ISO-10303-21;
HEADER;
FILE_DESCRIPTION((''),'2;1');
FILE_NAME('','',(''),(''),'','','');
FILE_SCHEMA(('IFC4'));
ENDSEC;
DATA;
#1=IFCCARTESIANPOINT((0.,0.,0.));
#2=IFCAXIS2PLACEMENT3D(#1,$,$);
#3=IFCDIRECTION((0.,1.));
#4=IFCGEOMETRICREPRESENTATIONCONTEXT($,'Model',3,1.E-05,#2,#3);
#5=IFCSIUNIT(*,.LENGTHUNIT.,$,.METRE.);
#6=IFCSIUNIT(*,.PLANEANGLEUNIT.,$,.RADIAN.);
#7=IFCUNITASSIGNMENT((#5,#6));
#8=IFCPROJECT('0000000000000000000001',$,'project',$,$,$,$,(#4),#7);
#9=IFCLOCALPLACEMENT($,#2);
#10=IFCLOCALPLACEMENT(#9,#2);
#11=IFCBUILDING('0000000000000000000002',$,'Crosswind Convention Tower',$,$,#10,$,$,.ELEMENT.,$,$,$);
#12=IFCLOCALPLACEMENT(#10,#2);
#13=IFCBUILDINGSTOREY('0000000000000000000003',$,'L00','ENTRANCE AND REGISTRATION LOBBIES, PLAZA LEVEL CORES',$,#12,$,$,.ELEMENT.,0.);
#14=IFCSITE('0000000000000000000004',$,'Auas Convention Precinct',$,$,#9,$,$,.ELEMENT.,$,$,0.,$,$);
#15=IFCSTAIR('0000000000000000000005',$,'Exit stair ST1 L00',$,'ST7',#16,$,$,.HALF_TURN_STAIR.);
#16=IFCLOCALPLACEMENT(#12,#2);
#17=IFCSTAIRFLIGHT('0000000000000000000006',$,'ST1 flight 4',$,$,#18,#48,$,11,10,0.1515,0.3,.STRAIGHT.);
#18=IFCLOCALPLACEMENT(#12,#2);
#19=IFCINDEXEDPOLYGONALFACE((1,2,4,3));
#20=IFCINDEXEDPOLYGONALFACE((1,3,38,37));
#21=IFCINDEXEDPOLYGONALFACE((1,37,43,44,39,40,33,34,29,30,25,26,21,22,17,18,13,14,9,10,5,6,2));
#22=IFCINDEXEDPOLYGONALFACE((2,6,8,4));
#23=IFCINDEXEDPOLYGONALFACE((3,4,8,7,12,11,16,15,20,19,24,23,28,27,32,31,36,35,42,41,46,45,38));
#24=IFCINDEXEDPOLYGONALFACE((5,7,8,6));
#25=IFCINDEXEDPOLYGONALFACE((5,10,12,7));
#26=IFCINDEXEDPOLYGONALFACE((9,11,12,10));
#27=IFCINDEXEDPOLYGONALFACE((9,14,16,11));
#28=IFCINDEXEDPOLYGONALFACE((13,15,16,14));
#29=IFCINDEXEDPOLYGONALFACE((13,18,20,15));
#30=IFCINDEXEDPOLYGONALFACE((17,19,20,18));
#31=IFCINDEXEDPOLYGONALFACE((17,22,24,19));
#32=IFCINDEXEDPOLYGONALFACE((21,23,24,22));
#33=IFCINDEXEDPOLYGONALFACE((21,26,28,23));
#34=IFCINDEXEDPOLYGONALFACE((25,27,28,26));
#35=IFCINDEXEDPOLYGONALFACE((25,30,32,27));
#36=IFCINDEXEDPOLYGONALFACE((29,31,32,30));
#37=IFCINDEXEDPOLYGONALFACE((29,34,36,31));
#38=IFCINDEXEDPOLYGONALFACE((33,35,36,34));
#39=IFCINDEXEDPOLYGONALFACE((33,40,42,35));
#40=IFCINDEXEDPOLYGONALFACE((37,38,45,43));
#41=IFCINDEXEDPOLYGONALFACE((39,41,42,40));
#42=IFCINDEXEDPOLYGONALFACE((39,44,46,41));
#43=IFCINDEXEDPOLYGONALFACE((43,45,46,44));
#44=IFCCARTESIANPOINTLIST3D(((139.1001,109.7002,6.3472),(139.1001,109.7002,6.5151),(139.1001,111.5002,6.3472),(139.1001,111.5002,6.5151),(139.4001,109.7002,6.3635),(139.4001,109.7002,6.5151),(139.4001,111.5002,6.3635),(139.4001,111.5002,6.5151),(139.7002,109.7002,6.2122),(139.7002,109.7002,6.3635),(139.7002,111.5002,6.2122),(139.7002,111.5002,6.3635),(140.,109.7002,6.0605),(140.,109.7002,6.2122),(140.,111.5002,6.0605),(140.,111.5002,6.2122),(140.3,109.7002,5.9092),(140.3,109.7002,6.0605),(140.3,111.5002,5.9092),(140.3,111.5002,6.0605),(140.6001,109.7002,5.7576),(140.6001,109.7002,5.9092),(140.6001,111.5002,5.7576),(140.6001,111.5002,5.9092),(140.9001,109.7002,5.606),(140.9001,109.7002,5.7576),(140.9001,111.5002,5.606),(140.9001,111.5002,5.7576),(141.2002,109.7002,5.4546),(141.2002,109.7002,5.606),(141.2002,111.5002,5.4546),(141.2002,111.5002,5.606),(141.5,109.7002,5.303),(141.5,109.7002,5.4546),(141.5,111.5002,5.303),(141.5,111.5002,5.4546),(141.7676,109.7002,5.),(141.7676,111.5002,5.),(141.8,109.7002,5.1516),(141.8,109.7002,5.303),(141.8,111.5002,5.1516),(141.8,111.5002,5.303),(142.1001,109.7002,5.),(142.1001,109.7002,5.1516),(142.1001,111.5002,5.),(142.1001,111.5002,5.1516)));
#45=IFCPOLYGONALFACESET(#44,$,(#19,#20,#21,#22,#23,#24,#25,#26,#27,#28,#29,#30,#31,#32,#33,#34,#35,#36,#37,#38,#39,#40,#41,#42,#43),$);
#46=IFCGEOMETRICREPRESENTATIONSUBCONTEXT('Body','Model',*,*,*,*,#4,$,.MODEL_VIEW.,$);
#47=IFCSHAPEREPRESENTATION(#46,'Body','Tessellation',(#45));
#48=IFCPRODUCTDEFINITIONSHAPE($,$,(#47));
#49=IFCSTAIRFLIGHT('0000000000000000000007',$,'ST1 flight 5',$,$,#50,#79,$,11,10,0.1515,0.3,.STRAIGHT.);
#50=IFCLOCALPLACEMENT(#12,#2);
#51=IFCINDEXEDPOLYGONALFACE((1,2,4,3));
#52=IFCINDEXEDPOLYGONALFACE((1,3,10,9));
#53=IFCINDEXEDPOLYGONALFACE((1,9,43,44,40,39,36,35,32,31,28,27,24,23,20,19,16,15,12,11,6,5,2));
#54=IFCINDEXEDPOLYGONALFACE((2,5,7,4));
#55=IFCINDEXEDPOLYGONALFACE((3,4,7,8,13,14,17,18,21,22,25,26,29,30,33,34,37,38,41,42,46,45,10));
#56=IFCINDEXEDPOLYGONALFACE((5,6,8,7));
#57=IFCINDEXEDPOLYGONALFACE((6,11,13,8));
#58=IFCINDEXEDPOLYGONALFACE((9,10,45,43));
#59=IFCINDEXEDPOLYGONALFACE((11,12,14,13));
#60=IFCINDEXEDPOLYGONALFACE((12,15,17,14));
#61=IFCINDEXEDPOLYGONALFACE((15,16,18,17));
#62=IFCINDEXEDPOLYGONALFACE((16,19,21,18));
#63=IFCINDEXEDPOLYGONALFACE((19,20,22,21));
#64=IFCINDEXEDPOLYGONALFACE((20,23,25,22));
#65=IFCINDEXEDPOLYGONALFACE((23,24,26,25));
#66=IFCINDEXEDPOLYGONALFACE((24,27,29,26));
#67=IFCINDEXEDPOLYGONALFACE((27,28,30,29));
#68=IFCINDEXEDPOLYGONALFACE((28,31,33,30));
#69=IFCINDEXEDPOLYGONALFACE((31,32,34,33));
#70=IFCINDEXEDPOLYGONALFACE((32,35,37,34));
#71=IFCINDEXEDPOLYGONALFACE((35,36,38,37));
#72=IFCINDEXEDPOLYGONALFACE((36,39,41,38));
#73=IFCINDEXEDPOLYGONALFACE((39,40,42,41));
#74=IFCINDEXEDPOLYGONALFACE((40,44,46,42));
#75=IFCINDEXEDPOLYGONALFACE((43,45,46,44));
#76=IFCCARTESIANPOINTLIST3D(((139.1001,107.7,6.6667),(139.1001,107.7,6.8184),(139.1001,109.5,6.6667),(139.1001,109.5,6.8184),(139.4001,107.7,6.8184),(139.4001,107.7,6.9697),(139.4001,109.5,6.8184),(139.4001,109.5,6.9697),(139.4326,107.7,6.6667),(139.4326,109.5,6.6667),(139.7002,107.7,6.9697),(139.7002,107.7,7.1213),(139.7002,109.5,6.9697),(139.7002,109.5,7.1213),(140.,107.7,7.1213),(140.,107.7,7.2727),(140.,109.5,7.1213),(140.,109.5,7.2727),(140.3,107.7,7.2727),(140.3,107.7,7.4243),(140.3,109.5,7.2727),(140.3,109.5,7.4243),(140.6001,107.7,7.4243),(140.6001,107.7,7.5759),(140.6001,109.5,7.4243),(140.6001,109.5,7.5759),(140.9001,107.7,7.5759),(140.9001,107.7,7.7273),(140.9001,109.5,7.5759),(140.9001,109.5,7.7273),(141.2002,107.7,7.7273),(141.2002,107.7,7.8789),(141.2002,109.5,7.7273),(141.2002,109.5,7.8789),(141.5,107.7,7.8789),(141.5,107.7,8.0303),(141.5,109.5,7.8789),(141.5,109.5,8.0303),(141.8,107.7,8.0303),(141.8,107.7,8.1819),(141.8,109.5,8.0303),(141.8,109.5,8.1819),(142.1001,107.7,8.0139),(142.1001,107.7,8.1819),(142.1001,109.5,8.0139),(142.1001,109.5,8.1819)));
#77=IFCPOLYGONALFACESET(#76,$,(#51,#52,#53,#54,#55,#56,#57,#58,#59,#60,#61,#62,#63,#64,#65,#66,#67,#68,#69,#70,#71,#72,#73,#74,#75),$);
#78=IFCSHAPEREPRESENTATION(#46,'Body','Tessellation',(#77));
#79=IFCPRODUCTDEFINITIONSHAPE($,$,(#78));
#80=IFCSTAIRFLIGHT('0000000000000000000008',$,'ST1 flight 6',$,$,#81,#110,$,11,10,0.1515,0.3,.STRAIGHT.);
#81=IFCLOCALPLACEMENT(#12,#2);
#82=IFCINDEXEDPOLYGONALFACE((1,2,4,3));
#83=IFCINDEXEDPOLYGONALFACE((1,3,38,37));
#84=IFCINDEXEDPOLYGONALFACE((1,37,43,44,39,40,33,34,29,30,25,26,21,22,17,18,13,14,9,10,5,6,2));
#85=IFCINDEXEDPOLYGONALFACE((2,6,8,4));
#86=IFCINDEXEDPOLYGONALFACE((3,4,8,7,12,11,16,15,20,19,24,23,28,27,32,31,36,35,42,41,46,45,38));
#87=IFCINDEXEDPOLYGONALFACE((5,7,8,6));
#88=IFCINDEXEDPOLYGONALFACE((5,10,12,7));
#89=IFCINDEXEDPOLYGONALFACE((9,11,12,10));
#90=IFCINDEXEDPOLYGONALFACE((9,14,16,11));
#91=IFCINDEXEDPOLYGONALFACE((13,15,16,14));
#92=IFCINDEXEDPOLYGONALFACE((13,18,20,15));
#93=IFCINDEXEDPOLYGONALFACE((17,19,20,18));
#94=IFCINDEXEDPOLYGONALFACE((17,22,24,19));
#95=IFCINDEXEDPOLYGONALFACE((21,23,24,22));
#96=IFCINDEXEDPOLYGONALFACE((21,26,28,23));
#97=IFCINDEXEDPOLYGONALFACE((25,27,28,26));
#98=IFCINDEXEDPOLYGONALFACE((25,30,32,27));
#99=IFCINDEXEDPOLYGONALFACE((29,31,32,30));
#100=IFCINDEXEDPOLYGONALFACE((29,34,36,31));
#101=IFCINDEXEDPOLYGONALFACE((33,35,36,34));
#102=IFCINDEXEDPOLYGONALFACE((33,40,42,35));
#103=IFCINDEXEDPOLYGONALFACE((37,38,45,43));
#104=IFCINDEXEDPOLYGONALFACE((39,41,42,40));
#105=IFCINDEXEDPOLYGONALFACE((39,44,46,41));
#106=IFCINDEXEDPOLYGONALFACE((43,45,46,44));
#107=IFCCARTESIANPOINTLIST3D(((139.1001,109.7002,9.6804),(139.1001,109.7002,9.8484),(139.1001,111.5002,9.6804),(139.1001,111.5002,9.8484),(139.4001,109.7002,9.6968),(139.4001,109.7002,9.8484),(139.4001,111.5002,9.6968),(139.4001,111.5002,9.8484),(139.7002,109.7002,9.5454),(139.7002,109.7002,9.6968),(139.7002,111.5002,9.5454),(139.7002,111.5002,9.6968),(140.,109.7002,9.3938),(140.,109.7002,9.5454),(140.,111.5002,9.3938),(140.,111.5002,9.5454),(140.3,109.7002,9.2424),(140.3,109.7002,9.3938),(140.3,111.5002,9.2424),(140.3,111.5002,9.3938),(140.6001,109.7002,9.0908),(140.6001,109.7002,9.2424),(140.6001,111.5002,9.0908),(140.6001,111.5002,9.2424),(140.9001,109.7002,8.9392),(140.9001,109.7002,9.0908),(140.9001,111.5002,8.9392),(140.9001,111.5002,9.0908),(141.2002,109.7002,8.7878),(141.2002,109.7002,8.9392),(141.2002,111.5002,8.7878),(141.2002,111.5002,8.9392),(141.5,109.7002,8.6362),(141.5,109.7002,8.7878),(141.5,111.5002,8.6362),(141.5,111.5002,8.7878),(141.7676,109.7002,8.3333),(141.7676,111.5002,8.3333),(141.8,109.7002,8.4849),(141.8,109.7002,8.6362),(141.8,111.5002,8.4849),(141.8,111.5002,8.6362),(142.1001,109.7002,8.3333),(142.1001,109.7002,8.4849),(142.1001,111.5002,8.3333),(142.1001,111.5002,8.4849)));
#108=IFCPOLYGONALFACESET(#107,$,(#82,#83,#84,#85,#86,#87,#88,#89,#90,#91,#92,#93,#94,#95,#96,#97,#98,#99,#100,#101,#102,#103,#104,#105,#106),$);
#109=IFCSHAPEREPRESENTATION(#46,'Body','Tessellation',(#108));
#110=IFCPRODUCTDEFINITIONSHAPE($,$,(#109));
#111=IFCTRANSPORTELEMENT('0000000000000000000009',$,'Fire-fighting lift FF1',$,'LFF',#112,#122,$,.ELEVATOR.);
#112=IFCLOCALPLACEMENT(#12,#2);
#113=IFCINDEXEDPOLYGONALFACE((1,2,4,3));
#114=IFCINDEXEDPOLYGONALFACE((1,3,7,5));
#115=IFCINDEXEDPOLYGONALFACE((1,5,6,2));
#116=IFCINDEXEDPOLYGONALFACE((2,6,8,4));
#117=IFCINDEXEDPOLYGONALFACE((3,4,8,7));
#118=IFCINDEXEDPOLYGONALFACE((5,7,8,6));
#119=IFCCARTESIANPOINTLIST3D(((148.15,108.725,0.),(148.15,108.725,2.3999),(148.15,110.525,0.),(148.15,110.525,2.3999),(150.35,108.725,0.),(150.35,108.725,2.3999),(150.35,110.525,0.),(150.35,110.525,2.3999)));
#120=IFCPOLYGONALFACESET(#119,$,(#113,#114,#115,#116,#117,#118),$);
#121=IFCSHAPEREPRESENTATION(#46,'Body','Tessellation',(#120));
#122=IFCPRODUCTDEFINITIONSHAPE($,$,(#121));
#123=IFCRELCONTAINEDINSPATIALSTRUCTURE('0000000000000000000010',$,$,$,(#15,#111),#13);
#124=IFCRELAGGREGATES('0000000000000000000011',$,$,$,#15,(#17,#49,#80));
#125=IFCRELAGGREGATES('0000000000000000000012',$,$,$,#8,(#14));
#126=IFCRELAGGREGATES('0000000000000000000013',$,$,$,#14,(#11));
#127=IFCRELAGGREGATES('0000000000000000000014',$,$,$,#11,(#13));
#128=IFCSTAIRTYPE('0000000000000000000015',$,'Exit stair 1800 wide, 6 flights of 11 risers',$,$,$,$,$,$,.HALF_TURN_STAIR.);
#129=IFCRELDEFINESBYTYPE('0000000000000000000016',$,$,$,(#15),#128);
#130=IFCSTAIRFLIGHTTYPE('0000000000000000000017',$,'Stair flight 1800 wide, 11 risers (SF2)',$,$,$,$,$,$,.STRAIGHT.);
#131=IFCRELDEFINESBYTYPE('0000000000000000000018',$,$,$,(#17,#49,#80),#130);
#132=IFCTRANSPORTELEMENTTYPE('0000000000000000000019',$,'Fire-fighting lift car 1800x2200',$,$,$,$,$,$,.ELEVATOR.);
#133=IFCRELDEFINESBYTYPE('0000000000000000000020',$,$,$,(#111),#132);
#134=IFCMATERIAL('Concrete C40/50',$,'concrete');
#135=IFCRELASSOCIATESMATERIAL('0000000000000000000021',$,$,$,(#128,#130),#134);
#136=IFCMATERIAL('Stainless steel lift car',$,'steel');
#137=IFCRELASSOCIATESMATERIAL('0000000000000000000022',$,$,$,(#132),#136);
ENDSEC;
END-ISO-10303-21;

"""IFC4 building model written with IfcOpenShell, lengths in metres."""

from ifc_helpers import new_model, si_unit, direction, frame, origin, origin_2d, place, context, subcontext, project, spatial, polyline, rectangle, outline, extrude, material, type_object, element, aggregate, save


model = new_model("IFC4")

# Units and contexts
model_context = context("Model", 3, precision=1e-05, world=origin(), true_north=direction((0.0, 1.0)))
body_context = subcontext(model_context, "Body", "Model", "MODEL_VIEW")
ifc_project = project(units=[si_unit("LENGTHUNIT", "METRE"), si_unit("PLANEANGLEUNIT", "RADIAN")], contexts=[model_context])

# Site, building, storey
site_placement = place(None, origin())
site = spatial("IfcSite", under=ifc_project, at=site_placement, Name="Auas Convention Precinct", CompositionType="ELEMENT", RefElevation=0.0)
building_placement = place(site_placement, origin())
building = spatial("IfcBuilding", under=site, at=building_placement, Name="Crosswind Convention Tower", CompositionType="ELEMENT")
storey_placement = place(building_placement, origin())
storey = spatial("IfcBuildingStorey", under=building, at=storey_placement, Name="L00", Description="ENTRANCE AND REGISTRATION LOBBIES, PLAZA LEVEL CORES", CompositionType="ELEMENT", Elevation=0.0)

# Shared definitions
ifc_material_1 = material(Name="Concrete C40/50", Category="concrete")

# Stair, stair flights
stair_type_1 = type_object("IfcStairType", Name="Exit stair 1800 wide, 6 flights of 11 risers", PredefinedType="HALF_TURN_STAIR", material=ifc_material_1)
stair_1_placement = place(storey_placement, origin())
stair_1 = element("IfcStair", 1, at=stair_1_placement, inside=storey, type_object=stair_type_1, Name="Exit stair ST1 L00", ObjectType="ST7", PredefinedType="HALF_TURN_STAIR")
stair_flight_type_1 = type_object("IfcStairFlightType", Name="Stair flight 1800 wide, 11 risers (SF2)", PredefinedType="STRAIGHT", material=ifc_material_1)
stair_flight_1_placement = place(storey_placement, frame((142.1001, 110.6001, 5.0), z_axis=(0.0, 0.0, 1.0), x_axis=(-1.0, 0.0, 0.0)))
stair_flight_1 = element("IfcStairFlight", 2, at=stair_flight_1_placement, type_object=stair_flight_type_1, Name="ST1 flight 4", NumberOfRisers=11, NumberOfTreads=10, PredefinedType="STRAIGHT", RiserHeight=0.1515, TreadLength=0.3, context=body_context, shape_type="SweptSolid", body=[
    extrude(outline(polyline([(0.0, 0.0), (0.0, 0.1516), (0.3, 0.1516), (0.3, 0.303), (0.6001, 0.303), (0.6001, 0.4546), (0.8999, 0.4546), (0.8999, 0.606), (1.2, 0.606), (1.2, 0.7576), (1.5, 0.7576), (1.5, 0.9092), (1.8, 0.9092), (1.8, 1.0605), (2.1001, 1.0605), (2.1001, 1.2122), (2.3999, 1.2122), (2.3999, 1.3635), (2.7, 1.3635), (2.7, 1.5151), (3.0, 1.5151), (3.0, 1.6667), (3.0, 1.3472), (0.3325, 0.0), (0.0, 0.0)])), frame((0.0, 0.8999, 0.0), z_axis=(0.0, -1.0, 0.0), x_axis=(1.0, 0.0, 0.0)), (0.0, 0.0, 1.0), 1.8),
])
stair_flight_2_placement = place(storey_placement, frame((139.1001, 108.6001, 6.6667), z_axis=(0.0, 0.0, 1.0), x_axis=(1.0, 0.0, 0.0)))
stair_flight_2 = element("IfcStairFlight", 3, at=stair_flight_2_placement, type_object=stair_flight_type_1, Name="ST1 flight 5", NumberOfRisers=11, NumberOfTreads=10, PredefinedType="STRAIGHT", RiserHeight=0.1515, TreadLength=0.3, context=body_context, shape_type="SweptSolid", body=[
    extrude(outline(polyline([(0.0, 0.0), (0.0, 0.1516), (0.3, 0.1516), (0.3, 0.303), (0.6001, 0.303), (0.6001, 0.4546), (0.8999, 0.4546), (0.8999, 0.606), (1.2, 0.606), (1.2, 0.7576), (1.5, 0.7576), (1.5, 0.9092), (1.8, 0.9092), (1.8, 1.0605), (2.1001, 1.0605), (2.1001, 1.2122), (2.3999, 1.2122), (2.3999, 1.3635), (2.7, 1.3635), (2.7, 1.5151), (3.0, 1.5151), (3.0, 1.6667), (3.0, 1.3472), (0.3325, 0.0), (0.0, 0.0)])), frame((0.0, 0.8999, 0.0), z_axis=(0.0, -1.0, 0.0), x_axis=(1.0, 0.0, 0.0)), (0.0, 0.0, 1.0), 1.8),
])
stair_flight_3_placement = place(storey_placement, frame((142.1001, 110.6001, 8.3333), z_axis=(0.0, 0.0, 1.0), x_axis=(-1.0, 0.0, 0.0)))
stair_flight_3 = element("IfcStairFlight", 4, at=stair_flight_3_placement, type_object=stair_flight_type_1, Name="ST1 flight 6", NumberOfRisers=11, NumberOfTreads=10, PredefinedType="STRAIGHT", RiserHeight=0.1515, TreadLength=0.3, context=body_context, shape_type="SweptSolid", body=[
    extrude(outline(polyline([(0.0, 0.0), (0.0, 0.1516), (0.3, 0.1516), (0.3, 0.303), (0.6001, 0.303), (0.6001, 0.4546), (0.8999, 0.4546), (0.8999, 0.606), (1.2, 0.606), (1.2, 0.7576), (1.5, 0.7576), (1.5, 0.9092), (1.8, 0.9092), (1.8, 1.0605), (2.1001, 1.0605), (2.1001, 1.2122), (2.3999, 1.2122), (2.3999, 1.3635), (2.7, 1.3635), (2.7, 1.5151), (3.0, 1.5151), (3.0, 1.6667), (3.0, 1.3472), (0.3325, 0.0), (0.0, 0.0)])), frame((0.0, 0.8999, 0.0), z_axis=(0.0, -1.0, 0.0), x_axis=(1.0, 0.0, 0.0)), (0.0, 0.0, 1.0), 1.8),
])
aggregate(stair_1, [stair_flight_1, stair_flight_2, stair_flight_3])

# Transport element
ifc_material_2 = material(Name="Stainless steel lift car", Category="steel")
transport_element_type = type_object("IfcTransportElementType", Name="Fire-fighting lift car 1800x2200", PredefinedType="ELEVATOR", material=ifc_material_2)
transport_element_placement = place(storey_placement, frame((149.25, 109.625, 0.0), z_axis=(0.0, 0.0, 1.0), x_axis=(1.0, 0.0, 0.0)))
element("IfcTransportElement", 5, at=transport_element_placement, inside=storey, type_object=transport_element_type, Name="Fire-fighting lift FF1", ObjectType="LFF", PredefinedType="ELEVATOR", context=body_context, shape_type="SweptSolid", body=[
    extrude(rectangle(XDim=2.2, YDim=1.8, at=origin_2d()), origin(), (0.0, 0.0, 1.0), 2.3999),
])

save(model, "model.ifc")
